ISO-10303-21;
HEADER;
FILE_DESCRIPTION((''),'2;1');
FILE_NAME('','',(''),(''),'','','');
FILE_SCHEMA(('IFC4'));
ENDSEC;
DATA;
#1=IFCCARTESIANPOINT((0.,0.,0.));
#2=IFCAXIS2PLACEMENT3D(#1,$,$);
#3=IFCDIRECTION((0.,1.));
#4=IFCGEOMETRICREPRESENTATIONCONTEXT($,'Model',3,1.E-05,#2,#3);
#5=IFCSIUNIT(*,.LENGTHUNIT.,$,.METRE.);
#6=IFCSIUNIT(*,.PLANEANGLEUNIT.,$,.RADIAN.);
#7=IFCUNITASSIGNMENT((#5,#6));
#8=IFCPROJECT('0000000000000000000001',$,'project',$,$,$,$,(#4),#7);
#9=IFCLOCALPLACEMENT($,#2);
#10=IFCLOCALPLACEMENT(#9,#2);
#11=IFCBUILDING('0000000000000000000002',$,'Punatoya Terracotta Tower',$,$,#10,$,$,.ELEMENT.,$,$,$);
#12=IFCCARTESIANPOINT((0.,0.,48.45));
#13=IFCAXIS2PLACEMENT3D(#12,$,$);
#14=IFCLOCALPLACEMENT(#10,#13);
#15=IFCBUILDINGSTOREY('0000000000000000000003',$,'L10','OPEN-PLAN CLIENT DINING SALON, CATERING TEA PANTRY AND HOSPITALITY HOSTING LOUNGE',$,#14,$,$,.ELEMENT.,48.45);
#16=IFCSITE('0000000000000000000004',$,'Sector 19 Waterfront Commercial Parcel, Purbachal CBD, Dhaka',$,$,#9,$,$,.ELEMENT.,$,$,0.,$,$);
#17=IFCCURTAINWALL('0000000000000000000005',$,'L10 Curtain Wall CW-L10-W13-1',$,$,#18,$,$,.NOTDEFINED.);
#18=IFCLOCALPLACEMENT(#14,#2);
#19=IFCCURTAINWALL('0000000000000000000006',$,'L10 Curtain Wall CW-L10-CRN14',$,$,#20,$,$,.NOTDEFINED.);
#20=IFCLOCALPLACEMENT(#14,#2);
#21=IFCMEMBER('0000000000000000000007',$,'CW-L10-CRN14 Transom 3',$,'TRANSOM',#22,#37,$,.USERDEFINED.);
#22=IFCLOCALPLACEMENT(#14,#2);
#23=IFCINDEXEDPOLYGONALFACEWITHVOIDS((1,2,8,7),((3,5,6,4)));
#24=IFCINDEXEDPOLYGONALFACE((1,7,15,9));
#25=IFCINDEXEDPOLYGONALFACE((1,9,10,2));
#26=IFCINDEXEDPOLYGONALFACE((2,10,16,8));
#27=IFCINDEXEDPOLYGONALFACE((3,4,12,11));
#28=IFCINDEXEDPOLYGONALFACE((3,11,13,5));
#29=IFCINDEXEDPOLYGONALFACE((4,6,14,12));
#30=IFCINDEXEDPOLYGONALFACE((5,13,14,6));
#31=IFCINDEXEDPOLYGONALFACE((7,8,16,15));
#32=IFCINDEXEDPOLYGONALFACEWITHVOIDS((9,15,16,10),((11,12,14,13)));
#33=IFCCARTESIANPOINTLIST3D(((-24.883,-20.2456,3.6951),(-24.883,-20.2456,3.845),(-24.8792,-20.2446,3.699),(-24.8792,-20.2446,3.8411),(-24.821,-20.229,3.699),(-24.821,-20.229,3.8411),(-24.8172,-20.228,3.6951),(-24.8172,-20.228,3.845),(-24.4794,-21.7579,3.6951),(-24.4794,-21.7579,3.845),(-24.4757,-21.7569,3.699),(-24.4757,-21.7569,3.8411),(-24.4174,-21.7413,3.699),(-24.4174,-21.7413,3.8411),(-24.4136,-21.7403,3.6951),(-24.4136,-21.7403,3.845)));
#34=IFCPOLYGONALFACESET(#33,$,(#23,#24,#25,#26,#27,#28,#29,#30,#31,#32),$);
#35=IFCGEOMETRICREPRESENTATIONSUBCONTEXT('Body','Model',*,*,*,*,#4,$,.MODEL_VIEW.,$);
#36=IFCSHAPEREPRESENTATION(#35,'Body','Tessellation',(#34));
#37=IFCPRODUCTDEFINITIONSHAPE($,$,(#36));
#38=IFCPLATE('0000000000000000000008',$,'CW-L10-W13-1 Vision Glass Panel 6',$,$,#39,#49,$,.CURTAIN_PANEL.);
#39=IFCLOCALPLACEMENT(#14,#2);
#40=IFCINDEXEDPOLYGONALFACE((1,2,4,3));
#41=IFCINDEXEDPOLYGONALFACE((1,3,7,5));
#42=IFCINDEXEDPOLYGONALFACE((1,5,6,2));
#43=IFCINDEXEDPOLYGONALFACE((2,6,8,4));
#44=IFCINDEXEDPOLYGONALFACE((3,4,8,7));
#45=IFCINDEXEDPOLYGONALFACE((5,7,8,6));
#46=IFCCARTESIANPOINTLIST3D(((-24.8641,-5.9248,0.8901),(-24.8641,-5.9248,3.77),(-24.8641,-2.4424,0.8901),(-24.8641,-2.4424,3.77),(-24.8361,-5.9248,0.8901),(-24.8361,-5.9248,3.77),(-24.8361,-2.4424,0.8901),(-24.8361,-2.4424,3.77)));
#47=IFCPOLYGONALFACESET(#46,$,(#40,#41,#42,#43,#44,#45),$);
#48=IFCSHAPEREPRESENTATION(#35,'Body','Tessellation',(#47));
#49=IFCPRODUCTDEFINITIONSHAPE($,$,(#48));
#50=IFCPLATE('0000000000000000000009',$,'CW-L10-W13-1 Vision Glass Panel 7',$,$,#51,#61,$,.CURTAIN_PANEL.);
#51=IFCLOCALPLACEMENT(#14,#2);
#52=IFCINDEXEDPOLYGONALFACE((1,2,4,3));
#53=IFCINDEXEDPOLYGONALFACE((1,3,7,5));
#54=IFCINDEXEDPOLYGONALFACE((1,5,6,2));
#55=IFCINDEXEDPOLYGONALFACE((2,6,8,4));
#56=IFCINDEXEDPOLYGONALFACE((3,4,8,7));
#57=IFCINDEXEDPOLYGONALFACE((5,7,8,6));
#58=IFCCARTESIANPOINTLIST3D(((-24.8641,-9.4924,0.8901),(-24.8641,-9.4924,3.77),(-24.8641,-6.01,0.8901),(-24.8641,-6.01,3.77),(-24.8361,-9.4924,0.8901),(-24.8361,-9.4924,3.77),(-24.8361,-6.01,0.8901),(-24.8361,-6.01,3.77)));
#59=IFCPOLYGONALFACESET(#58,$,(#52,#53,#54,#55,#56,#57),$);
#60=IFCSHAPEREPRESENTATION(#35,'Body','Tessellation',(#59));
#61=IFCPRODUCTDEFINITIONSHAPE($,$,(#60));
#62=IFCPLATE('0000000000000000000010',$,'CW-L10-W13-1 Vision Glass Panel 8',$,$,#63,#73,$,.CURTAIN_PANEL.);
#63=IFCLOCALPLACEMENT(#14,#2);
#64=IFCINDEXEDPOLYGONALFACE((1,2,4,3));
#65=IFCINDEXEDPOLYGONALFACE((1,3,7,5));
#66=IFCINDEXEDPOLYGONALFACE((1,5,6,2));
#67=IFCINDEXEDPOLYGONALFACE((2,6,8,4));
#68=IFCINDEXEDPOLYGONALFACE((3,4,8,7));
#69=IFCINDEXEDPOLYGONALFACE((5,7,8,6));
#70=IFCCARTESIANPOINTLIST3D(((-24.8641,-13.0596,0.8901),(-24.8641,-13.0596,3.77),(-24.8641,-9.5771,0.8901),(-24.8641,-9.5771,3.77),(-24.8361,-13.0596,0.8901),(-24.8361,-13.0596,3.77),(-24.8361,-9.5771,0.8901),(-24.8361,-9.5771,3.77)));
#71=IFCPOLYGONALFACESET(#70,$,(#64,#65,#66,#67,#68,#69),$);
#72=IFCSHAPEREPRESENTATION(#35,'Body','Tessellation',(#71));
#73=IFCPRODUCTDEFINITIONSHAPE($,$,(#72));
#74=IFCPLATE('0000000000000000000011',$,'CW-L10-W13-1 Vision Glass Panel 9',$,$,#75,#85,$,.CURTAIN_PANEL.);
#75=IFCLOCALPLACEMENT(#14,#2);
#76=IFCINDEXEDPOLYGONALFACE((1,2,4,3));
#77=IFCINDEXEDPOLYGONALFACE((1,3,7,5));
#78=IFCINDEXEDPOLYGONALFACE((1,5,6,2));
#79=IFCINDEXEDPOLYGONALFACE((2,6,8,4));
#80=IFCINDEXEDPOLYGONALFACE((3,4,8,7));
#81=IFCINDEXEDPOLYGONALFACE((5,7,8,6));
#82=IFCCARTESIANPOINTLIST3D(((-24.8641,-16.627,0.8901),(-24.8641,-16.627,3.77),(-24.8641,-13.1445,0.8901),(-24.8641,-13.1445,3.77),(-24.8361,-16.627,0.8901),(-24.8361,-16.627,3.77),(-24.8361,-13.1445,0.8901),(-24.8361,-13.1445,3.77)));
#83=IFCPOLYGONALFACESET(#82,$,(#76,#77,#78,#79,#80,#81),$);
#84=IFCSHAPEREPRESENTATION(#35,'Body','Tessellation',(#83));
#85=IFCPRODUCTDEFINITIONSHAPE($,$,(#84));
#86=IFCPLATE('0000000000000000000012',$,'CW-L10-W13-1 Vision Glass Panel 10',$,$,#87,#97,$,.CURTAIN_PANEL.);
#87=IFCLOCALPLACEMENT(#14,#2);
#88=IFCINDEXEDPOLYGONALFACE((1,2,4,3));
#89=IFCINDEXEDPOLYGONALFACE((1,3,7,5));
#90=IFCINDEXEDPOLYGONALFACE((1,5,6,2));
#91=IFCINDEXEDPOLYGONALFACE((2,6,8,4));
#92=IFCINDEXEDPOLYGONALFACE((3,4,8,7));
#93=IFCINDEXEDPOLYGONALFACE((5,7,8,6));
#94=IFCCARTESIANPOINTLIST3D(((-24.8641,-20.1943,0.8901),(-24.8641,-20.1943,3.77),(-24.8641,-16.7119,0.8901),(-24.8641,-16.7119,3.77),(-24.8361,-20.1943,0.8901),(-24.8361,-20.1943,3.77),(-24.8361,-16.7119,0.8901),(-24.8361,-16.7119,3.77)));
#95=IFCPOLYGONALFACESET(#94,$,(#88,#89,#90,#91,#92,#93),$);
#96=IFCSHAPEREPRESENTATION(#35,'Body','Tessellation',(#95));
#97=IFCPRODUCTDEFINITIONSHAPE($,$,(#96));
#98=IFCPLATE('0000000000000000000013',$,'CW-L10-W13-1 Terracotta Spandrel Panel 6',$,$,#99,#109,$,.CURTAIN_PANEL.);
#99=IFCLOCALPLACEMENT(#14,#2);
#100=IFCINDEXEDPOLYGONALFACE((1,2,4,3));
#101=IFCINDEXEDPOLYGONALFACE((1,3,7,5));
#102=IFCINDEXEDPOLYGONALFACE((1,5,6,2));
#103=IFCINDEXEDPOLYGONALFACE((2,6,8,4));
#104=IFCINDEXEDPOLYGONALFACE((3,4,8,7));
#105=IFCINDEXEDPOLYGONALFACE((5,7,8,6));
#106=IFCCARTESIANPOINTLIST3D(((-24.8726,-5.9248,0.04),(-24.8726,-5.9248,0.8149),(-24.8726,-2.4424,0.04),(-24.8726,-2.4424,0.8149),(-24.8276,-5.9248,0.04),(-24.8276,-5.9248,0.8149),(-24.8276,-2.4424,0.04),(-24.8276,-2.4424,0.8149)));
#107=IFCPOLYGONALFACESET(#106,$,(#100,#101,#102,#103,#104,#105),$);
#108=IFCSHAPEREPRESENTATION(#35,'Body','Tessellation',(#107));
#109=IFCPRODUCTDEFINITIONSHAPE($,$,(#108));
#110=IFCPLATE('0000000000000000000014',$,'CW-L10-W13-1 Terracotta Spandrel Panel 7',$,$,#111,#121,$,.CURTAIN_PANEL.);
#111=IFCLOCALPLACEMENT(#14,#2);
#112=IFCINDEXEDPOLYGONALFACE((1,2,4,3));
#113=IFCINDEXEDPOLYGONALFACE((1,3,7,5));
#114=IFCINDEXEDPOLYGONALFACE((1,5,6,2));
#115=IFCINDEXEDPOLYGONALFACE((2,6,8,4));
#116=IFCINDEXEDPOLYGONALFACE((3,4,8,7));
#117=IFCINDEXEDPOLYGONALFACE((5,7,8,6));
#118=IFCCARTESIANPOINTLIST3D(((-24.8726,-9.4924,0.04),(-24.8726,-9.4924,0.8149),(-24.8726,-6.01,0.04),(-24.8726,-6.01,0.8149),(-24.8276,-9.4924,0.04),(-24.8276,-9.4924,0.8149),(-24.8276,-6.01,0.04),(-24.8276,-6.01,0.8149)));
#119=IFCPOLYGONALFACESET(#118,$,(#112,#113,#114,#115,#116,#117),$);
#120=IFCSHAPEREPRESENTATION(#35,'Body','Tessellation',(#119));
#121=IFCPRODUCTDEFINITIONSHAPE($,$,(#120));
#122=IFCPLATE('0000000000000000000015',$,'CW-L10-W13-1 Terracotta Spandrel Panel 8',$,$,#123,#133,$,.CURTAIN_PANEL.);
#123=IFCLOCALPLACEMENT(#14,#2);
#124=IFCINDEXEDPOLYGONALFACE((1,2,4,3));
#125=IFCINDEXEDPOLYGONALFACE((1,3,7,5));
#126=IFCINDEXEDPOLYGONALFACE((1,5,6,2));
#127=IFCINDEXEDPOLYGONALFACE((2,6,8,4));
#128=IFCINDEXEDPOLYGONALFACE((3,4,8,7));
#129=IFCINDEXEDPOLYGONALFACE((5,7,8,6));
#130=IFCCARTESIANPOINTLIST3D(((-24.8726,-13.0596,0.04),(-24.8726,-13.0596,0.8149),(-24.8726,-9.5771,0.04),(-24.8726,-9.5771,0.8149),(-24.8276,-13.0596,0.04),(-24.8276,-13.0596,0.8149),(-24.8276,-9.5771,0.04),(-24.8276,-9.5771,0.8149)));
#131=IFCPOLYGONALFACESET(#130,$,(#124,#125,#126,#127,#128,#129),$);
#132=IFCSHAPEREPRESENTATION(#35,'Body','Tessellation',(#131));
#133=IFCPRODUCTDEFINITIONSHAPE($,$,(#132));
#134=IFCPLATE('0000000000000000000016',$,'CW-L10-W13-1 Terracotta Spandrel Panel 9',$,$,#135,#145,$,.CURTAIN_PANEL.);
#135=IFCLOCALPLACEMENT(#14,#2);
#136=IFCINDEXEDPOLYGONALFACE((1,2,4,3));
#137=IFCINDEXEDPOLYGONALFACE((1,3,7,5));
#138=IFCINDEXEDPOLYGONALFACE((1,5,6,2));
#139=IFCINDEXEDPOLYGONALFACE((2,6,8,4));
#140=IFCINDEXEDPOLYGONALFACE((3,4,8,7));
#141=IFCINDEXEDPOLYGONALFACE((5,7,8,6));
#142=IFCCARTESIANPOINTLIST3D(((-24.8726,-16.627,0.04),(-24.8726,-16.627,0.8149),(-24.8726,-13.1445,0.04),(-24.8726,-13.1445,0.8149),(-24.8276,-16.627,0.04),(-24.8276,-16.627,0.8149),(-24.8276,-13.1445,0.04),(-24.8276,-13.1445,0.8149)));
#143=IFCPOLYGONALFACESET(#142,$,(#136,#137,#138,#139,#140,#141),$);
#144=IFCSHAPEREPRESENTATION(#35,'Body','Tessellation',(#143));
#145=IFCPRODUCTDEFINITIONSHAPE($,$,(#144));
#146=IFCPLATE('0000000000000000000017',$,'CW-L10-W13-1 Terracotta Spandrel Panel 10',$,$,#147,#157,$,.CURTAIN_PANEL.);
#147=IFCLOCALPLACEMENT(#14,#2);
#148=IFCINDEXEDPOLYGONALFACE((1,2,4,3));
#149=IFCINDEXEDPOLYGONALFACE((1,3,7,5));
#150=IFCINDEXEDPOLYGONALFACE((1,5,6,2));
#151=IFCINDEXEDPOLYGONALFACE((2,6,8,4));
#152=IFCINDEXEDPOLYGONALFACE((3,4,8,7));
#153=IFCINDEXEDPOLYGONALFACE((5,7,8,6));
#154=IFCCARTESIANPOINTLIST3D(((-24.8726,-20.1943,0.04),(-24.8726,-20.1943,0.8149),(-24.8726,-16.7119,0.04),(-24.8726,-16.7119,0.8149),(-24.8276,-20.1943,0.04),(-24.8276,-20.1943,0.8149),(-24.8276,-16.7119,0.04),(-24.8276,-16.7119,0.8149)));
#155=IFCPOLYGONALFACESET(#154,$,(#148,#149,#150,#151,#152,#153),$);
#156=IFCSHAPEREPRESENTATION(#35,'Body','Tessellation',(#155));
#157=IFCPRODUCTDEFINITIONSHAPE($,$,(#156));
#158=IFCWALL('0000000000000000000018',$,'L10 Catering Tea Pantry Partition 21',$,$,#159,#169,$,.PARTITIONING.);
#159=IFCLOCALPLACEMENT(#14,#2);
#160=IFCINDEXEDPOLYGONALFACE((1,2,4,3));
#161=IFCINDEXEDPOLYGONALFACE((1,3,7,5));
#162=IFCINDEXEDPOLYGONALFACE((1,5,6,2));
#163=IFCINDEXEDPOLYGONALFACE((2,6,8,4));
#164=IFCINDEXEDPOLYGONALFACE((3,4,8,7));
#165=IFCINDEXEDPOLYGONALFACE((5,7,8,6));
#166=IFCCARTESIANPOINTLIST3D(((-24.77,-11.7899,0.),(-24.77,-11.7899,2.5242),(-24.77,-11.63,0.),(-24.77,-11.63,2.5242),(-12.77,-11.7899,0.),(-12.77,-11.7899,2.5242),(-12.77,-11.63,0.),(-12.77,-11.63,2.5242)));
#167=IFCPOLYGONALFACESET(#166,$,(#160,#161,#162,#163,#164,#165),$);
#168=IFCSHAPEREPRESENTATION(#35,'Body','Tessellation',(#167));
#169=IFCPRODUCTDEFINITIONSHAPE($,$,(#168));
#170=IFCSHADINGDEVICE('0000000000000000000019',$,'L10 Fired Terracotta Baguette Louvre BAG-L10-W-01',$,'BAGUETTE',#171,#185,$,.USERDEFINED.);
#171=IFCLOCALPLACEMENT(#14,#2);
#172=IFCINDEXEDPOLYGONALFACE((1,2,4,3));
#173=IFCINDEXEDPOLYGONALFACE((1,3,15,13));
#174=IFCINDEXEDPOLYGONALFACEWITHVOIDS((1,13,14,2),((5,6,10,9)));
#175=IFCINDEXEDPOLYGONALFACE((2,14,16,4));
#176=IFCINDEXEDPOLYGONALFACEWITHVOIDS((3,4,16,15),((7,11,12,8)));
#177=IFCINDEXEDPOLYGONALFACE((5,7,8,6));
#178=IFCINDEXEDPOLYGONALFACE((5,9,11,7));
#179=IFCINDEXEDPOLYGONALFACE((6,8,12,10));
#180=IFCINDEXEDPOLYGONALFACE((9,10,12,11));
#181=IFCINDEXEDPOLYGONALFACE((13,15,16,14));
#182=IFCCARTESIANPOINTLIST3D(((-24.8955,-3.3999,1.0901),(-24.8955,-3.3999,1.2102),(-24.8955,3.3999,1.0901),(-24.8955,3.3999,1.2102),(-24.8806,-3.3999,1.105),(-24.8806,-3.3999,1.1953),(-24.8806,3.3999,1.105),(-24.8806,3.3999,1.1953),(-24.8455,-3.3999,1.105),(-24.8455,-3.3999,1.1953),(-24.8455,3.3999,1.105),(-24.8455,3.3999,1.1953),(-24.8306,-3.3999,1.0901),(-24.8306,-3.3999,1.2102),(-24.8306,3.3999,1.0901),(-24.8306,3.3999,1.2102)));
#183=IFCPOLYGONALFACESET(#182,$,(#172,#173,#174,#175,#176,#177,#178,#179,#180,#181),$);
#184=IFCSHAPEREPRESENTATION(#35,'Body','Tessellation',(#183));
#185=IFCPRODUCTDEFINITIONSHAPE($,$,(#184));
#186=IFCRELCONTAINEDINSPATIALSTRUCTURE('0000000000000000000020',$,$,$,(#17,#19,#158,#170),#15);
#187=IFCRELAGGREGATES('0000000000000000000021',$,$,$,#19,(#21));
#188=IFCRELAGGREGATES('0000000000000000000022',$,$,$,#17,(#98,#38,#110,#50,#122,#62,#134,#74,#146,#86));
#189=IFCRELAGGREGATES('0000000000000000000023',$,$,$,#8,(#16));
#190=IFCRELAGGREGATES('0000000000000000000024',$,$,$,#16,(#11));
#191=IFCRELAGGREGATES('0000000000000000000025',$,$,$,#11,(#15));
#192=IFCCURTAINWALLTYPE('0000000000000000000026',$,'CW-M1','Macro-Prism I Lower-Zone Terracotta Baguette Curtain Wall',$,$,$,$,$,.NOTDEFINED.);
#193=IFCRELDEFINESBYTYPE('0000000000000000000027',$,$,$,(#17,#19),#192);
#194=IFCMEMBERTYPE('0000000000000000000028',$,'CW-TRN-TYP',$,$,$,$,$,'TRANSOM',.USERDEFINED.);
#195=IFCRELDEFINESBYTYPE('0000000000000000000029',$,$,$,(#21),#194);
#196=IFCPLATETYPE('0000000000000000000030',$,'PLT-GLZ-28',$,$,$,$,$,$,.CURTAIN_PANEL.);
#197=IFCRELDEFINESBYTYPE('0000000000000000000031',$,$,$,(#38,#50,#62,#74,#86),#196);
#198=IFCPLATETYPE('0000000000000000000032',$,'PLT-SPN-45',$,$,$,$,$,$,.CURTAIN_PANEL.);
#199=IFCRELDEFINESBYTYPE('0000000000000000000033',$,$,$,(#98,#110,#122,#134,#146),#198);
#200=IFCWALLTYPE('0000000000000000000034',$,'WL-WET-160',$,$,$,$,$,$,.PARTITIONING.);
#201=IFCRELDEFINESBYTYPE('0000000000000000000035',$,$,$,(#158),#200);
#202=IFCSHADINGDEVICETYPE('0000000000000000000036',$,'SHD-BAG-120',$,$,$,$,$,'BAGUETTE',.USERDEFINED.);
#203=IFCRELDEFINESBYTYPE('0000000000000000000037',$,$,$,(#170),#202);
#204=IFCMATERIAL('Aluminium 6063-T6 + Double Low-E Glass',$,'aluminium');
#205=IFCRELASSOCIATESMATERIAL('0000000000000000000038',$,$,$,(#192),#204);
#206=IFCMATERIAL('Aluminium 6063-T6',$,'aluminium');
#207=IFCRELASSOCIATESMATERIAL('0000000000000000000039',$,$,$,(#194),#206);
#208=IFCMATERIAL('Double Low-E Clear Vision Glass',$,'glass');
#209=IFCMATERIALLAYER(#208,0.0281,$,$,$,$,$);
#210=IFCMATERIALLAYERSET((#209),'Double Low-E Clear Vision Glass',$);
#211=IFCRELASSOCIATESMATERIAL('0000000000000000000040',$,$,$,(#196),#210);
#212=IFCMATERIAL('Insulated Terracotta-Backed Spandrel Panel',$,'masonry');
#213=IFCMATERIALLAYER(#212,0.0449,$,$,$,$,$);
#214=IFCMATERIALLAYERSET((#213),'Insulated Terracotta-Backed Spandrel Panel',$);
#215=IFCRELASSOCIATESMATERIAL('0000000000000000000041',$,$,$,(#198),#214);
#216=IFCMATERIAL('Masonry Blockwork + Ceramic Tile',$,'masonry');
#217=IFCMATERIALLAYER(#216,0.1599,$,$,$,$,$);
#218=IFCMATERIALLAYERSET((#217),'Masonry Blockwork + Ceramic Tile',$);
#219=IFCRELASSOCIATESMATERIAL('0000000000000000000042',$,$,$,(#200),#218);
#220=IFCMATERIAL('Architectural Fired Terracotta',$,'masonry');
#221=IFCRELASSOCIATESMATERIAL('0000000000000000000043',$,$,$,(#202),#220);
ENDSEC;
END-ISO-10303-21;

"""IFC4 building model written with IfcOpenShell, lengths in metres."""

from ifc_helpers import new_model, si_unit, direction, frame, frame_2d, origin, origin_2d, place, context, subcontext, project, spatial, rectangle, hollow_rectangle, extrude, material, layer, layer_set, material_profile, profile_set, type_object, element, aggregate, save


model = new_model("IFC4")

# Units and contexts
model_context = context("Model", 3, precision=1e-05, world=origin(), true_north=direction((0.0, 1.0)))
body_context = subcontext(model_context, "Body", "Model", "MODEL_VIEW")
ifc_project = project(units=[si_unit("LENGTHUNIT", "METRE"), si_unit("PLANEANGLEUNIT", "RADIAN")], contexts=[model_context])

# Site, building, storey
site_placement = place(None, origin())
site = spatial("IfcSite", under=ifc_project, at=site_placement, Name="Sector 19 Waterfront Commercial Parcel, Purbachal CBD, Dhaka", CompositionType="ELEMENT", RefElevation=0.0)
building_placement = place(site_placement, origin())
building = spatial("IfcBuilding", under=site, at=building_placement, Name="Punatoya Terracotta Tower", CompositionType="ELEMENT")
storey_placement = place(building_placement, frame((0.0, 0.0, 48.45)))
storey = spatial("IfcBuildingStorey", under=building, at=storey_placement, Name="L10", Description="OPEN-PLAN CLIENT DINING SALON, CATERING TEA PANTRY AND HOSPITALITY HOSTING LOUNGE", CompositionType="ELEMENT", Elevation=48.45)

# Curtain wall
ifc_material_1 = material(Name="Aluminium 6063-T6 + Double Low-E Glass", Category="aluminium")
curtain_wall_type = type_object("IfcCurtainWallType", Name="CW-M1", Description="Macro-Prism I Lower-Zone Terracotta Baguette Curtain Wall", PredefinedType="NOTDEFINED", material=ifc_material_1)
curtain_wall_1_placement = place(storey_placement, origin())
curtain_wall_1 = element("IfcCurtainWall", 1, at=curtain_wall_1_placement, inside=storey, type_object=curtain_wall_type, Name="L10 Curtain Wall CW-L10-W13-1", PredefinedType="NOTDEFINED")
ifc_material_2 = material(Name="Aluminium 6063-T6", Category="aluminium")

# Curtain wall, member
curtain_wall_2_placement = place(storey_placement, origin())
curtain_wall_2 = element("IfcCurtainWall", 2, at=curtain_wall_2_placement, inside=storey, type_object=curtain_wall_type, Name="L10 Curtain Wall CW-L10-CRN14", PredefinedType="NOTDEFINED")
ifc_material_profile_1 = material_profile(ifc_material_2, hollow_rectangle(XDim=0.0681, YDim=0.1499, WallThickness=0.0039, at=origin_2d()))
ifc_profile_set_1 = profile_set([ifc_material_profile_1], Name="Aluminium 6063-T6")
member_type_1 = type_object("IfcMemberType", Name="CW-TRN-TYP", ElementType="TRANSOM", PredefinedType="USERDEFINED", material=ifc_profile_set_1)
member_1_placement = place(storey_placement, frame((-24.8501, -20.2368, 3.77), z_axis=(0.257847, -0.966186, 0.0), x_axis=(0.966186, 0.257847, 0.0)))
member_1 = element("IfcMember", 3, at=member_1_placement, type_object=member_type_1, Name="CW-L10-CRN14 Transom 3", ObjectType="TRANSOM", PredefinedType="USERDEFINED", context=body_context, shape_type="SweptSolid", body=[
    extrude(hollow_rectangle(XDim=0.0681, YDim=0.1499, WallThickness=0.0039, at=origin_2d()), origin(), (0.0, 0.0, 1.0), 1.5652),
])
aggregate(curtain_wall_2, [member_1])

# Plates
ifc_material_3 = material(Name="Double Low-E Clear Vision Glass", Category="glass")
ifc_layer_1 = layer(ifc_material_3, 0.0281)
ifc_layer_set_1 = layer_set([ifc_layer_1], Name="Double Low-E Clear Vision Glass")
plate_type_1 = type_object("IfcPlateType", Name="PLT-GLZ-28", PredefinedType="CURTAIN_PANEL", material=ifc_layer_set_1)
plate_1_placement = place(storey_placement, frame((-24.8501, -4.1836, 0.8901), z_axis=(0.0, 0.0, 1.0), x_axis=(0.0, -1.0, 0.0)))
plate_1 = element("IfcPlate", 4, at=plate_1_placement, type_object=plate_type_1, Name="CW-L10-W13-1 Vision Glass Panel 6", PredefinedType="CURTAIN_PANEL", context=body_context, shape_type="SweptSolid", body=[
    extrude(rectangle(XDim=3.4824, YDim=0.0281, at=origin_2d()), origin(), (0.0, 0.0, 1.0), 2.8799),
])
plate_2_placement = place(storey_placement, frame((-24.8501, -7.7512, 0.8901), z_axis=(0.0, 0.0, 1.0), x_axis=(0.0, -1.0, 0.0)))
plate_2 = element("IfcPlate", 5, at=plate_2_placement, type_object=plate_type_1, Name="CW-L10-W13-1 Vision Glass Panel 7", PredefinedType="CURTAIN_PANEL", context=body_context, shape_type="SweptSolid", body=[
    extrude(rectangle(XDim=3.4824, YDim=0.0281, at=origin_2d()), origin(), (0.0, 0.0, 1.0), 2.8799),
])
plate_3_placement = place(storey_placement, frame((-24.8501, -11.3184, 0.8901), z_axis=(0.0, 0.0, 1.0), x_axis=(0.0, -1.0, 0.0)))
plate_3 = element("IfcPlate", 6, at=plate_3_placement, type_object=plate_type_1, Name="CW-L10-W13-1 Vision Glass Panel 8", PredefinedType="CURTAIN_PANEL", context=body_context, shape_type="SweptSolid", body=[
    extrude(rectangle(XDim=3.4824, YDim=0.0281, at=origin_2d()), origin(), (0.0, 0.0, 1.0), 2.8799),
])
plate_4_placement = place(storey_placement, frame((-24.8501, -14.8857, 0.8901), z_axis=(0.0, 0.0, 1.0), x_axis=(0.0, -1.0, 0.0)))
plate_4 = element("IfcPlate", 7, at=plate_4_placement, type_object=plate_type_1, Name="CW-L10-W13-1 Vision Glass Panel 9", PredefinedType="CURTAIN_PANEL", context=body_context, shape_type="SweptSolid", body=[
    extrude(rectangle(XDim=3.4824, YDim=0.0281, at=origin_2d()), origin(), (0.0, 0.0, 1.0), 2.8799),
])
plate_5_placement = place(storey_placement, frame((-24.8501, -18.4531, 0.8901), z_axis=(0.0, 0.0, 1.0), x_axis=(0.0, -1.0, 0.0)))
plate_5 = element("IfcPlate", 8, at=plate_5_placement, type_object=plate_type_1, Name="CW-L10-W13-1 Vision Glass Panel 10", PredefinedType="CURTAIN_PANEL", context=body_context, shape_type="SweptSolid", body=[
    extrude(rectangle(XDim=3.4824, YDim=0.0281, at=origin_2d()), origin(), (0.0, 0.0, 1.0), 2.8799),
])
ifc_material_4 = material(Name="Insulated Terracotta-Backed Spandrel Panel", Category="masonry")
ifc_layer_2 = layer(ifc_material_4, 0.0449)
ifc_layer_set_2 = layer_set([ifc_layer_2], Name="Insulated Terracotta-Backed Spandrel Panel")
plate_type_2 = type_object("IfcPlateType", Name="PLT-SPN-45", PredefinedType="CURTAIN_PANEL", material=ifc_layer_set_2)
plate_6_placement = place(storey_placement, frame((-24.8501, -4.1836, 0.04), z_axis=(0.0, 0.0, 1.0), x_axis=(0.0, -1.0, 0.0)))
plate_6 = element("IfcPlate", 9, at=plate_6_placement, type_object=plate_type_2, Name="CW-L10-W13-1 Terracotta Spandrel Panel 6", PredefinedType="CURTAIN_PANEL", context=body_context, shape_type="SweptSolid", body=[
    extrude(rectangle(XDim=3.4824, YDim=0.0449, at=origin_2d()), origin(), (0.0, 0.0, 1.0), 0.7749),
])
plate_7_placement = place(storey_placement, frame((-24.8501, -7.7512, 0.04), z_axis=(0.0, 0.0, 1.0), x_axis=(0.0, -1.0, 0.0)))
plate_7 = element("IfcPlate", 10, at=plate_7_placement, type_object=plate_type_2, Name="CW-L10-W13-1 Terracotta Spandrel Panel 7", PredefinedType="CURTAIN_PANEL", context=body_context, shape_type="SweptSolid", body=[
    extrude(rectangle(XDim=3.4824, YDim=0.0449, at=origin_2d()), origin(), (0.0, 0.0, 1.0), 0.7749),
])
plate_8_placement = place(storey_placement, frame((-24.8501, -11.3184, 0.04), z_axis=(0.0, 0.0, 1.0), x_axis=(0.0, -1.0, 0.0)))
plate_8 = element("IfcPlate", 11, at=plate_8_placement, type_object=plate_type_2, Name="CW-L10-W13-1 Terracotta Spandrel Panel 8", PredefinedType="CURTAIN_PANEL", context=body_context, shape_type="SweptSolid", body=[
    extrude(rectangle(XDim=3.4824, YDim=0.0449, at=origin_2d()), origin(), (0.0, 0.0, 1.0), 0.7749),
])
plate_9_placement = place(storey_placement, frame((-24.8501, -14.8857, 0.04), z_axis=(0.0, 0.0, 1.0), x_axis=(0.0, -1.0, 0.0)))
plate_9 = element("IfcPlate", 12, at=plate_9_placement, type_object=plate_type_2, Name="CW-L10-W13-1 Terracotta Spandrel Panel 9", PredefinedType="CURTAIN_PANEL", context=body_context, shape_type="SweptSolid", body=[
    extrude(rectangle(XDim=3.4824, YDim=0.0449, at=origin_2d()), origin(), (0.0, 0.0, 1.0), 0.7749),
])
plate_10_placement = place(storey_placement, frame((-24.8501, -18.4531, 0.04), z_axis=(0.0, 0.0, 1.0), x_axis=(0.0, -1.0, 0.0)))
plate_10 = element("IfcPlate", 13, at=plate_10_placement, type_object=plate_type_2, Name="CW-L10-W13-1 Terracotta Spandrel Panel 10", PredefinedType="CURTAIN_PANEL", context=body_context, shape_type="SweptSolid", body=[
    extrude(rectangle(XDim=3.4824, YDim=0.0449, at=origin_2d()), origin(), (0.0, 0.0, 1.0), 0.7749),
])
aggregate(curtain_wall_1, [plate_6, plate_1, plate_7, plate_2, plate_8, plate_3, plate_9, plate_4, plate_10, plate_5])

# Wall
ifc_material_5 = material(Name="Masonry Blockwork + Ceramic Tile", Category="masonry")
ifc_layer_3 = layer(ifc_material_5, 0.1599)
ifc_layer_set_3 = layer_set([ifc_layer_3], Name="Masonry Blockwork + Ceramic Tile")
wall_type = type_object("IfcWallType", Name="WL-WET-160", PredefinedType="PARTITIONING", material=ifc_layer_set_3)
wall_placement = place(storey_placement, frame((-24.77, -11.71, 0.0), z_axis=(0.0, 0.0, 1.0), x_axis=(1.0, 0.0, 0.0)))
element("IfcWall", 14, at=wall_placement, inside=storey, type_object=wall_type, Name="L10 Catering Tea Pantry Partition 21", PredefinedType="PARTITIONING", context=body_context, shape_type="SweptSolid", body=[
    extrude(rectangle(XDim=12.0, YDim=0.1599, at=frame_2d((6.0, 0.0))), origin(), (0.0, 0.0, 1.0), 2.5242),
])

# Shading device
ifc_material_6 = material(Name="Architectural Fired Terracotta", Category="masonry")
ifc_material_profile_2 = material_profile(ifc_material_6, hollow_rectangle(XDim=0.0649, YDim=0.1201, WallThickness=0.0149, at=origin_2d()))
ifc_profile_set_2 = profile_set([ifc_material_profile_2], Name="Architectural Fired Terracotta")
shading_device_type = type_object("IfcShadingDeviceType", Name="SHD-BAG-120", ElementType="BAGUETTE", PredefinedType="USERDEFINED", material=ifc_profile_set_2)
for number, where, z_axis, x_axis, name in (
    (15, (-24.863, -3.3999, 1.1501), (0.0, 1.0, 0.0), (-1.0, 0.0, 0.0), "L10 Fired Terracotta Baguette Louvre BAG-L10-W-01"),
):
    element("IfcShadingDevice", number, at=place(storey_placement, frame(where, z_axis=z_axis, x_axis=x_axis)), inside=storey, type_object=shading_device_type, Name=name, ObjectType="BAGUETTE", PredefinedType="USERDEFINED", context=body_context, shape_type="SweptSolid", body=[
        extrude(hollow_rectangle(XDim=0.0649, YDim=0.1201, WallThickness=0.0149, at=origin_2d()), origin(), (0.0, 0.0, 1.0), 6.7998),
    ])

save(model, "model.ifc")
